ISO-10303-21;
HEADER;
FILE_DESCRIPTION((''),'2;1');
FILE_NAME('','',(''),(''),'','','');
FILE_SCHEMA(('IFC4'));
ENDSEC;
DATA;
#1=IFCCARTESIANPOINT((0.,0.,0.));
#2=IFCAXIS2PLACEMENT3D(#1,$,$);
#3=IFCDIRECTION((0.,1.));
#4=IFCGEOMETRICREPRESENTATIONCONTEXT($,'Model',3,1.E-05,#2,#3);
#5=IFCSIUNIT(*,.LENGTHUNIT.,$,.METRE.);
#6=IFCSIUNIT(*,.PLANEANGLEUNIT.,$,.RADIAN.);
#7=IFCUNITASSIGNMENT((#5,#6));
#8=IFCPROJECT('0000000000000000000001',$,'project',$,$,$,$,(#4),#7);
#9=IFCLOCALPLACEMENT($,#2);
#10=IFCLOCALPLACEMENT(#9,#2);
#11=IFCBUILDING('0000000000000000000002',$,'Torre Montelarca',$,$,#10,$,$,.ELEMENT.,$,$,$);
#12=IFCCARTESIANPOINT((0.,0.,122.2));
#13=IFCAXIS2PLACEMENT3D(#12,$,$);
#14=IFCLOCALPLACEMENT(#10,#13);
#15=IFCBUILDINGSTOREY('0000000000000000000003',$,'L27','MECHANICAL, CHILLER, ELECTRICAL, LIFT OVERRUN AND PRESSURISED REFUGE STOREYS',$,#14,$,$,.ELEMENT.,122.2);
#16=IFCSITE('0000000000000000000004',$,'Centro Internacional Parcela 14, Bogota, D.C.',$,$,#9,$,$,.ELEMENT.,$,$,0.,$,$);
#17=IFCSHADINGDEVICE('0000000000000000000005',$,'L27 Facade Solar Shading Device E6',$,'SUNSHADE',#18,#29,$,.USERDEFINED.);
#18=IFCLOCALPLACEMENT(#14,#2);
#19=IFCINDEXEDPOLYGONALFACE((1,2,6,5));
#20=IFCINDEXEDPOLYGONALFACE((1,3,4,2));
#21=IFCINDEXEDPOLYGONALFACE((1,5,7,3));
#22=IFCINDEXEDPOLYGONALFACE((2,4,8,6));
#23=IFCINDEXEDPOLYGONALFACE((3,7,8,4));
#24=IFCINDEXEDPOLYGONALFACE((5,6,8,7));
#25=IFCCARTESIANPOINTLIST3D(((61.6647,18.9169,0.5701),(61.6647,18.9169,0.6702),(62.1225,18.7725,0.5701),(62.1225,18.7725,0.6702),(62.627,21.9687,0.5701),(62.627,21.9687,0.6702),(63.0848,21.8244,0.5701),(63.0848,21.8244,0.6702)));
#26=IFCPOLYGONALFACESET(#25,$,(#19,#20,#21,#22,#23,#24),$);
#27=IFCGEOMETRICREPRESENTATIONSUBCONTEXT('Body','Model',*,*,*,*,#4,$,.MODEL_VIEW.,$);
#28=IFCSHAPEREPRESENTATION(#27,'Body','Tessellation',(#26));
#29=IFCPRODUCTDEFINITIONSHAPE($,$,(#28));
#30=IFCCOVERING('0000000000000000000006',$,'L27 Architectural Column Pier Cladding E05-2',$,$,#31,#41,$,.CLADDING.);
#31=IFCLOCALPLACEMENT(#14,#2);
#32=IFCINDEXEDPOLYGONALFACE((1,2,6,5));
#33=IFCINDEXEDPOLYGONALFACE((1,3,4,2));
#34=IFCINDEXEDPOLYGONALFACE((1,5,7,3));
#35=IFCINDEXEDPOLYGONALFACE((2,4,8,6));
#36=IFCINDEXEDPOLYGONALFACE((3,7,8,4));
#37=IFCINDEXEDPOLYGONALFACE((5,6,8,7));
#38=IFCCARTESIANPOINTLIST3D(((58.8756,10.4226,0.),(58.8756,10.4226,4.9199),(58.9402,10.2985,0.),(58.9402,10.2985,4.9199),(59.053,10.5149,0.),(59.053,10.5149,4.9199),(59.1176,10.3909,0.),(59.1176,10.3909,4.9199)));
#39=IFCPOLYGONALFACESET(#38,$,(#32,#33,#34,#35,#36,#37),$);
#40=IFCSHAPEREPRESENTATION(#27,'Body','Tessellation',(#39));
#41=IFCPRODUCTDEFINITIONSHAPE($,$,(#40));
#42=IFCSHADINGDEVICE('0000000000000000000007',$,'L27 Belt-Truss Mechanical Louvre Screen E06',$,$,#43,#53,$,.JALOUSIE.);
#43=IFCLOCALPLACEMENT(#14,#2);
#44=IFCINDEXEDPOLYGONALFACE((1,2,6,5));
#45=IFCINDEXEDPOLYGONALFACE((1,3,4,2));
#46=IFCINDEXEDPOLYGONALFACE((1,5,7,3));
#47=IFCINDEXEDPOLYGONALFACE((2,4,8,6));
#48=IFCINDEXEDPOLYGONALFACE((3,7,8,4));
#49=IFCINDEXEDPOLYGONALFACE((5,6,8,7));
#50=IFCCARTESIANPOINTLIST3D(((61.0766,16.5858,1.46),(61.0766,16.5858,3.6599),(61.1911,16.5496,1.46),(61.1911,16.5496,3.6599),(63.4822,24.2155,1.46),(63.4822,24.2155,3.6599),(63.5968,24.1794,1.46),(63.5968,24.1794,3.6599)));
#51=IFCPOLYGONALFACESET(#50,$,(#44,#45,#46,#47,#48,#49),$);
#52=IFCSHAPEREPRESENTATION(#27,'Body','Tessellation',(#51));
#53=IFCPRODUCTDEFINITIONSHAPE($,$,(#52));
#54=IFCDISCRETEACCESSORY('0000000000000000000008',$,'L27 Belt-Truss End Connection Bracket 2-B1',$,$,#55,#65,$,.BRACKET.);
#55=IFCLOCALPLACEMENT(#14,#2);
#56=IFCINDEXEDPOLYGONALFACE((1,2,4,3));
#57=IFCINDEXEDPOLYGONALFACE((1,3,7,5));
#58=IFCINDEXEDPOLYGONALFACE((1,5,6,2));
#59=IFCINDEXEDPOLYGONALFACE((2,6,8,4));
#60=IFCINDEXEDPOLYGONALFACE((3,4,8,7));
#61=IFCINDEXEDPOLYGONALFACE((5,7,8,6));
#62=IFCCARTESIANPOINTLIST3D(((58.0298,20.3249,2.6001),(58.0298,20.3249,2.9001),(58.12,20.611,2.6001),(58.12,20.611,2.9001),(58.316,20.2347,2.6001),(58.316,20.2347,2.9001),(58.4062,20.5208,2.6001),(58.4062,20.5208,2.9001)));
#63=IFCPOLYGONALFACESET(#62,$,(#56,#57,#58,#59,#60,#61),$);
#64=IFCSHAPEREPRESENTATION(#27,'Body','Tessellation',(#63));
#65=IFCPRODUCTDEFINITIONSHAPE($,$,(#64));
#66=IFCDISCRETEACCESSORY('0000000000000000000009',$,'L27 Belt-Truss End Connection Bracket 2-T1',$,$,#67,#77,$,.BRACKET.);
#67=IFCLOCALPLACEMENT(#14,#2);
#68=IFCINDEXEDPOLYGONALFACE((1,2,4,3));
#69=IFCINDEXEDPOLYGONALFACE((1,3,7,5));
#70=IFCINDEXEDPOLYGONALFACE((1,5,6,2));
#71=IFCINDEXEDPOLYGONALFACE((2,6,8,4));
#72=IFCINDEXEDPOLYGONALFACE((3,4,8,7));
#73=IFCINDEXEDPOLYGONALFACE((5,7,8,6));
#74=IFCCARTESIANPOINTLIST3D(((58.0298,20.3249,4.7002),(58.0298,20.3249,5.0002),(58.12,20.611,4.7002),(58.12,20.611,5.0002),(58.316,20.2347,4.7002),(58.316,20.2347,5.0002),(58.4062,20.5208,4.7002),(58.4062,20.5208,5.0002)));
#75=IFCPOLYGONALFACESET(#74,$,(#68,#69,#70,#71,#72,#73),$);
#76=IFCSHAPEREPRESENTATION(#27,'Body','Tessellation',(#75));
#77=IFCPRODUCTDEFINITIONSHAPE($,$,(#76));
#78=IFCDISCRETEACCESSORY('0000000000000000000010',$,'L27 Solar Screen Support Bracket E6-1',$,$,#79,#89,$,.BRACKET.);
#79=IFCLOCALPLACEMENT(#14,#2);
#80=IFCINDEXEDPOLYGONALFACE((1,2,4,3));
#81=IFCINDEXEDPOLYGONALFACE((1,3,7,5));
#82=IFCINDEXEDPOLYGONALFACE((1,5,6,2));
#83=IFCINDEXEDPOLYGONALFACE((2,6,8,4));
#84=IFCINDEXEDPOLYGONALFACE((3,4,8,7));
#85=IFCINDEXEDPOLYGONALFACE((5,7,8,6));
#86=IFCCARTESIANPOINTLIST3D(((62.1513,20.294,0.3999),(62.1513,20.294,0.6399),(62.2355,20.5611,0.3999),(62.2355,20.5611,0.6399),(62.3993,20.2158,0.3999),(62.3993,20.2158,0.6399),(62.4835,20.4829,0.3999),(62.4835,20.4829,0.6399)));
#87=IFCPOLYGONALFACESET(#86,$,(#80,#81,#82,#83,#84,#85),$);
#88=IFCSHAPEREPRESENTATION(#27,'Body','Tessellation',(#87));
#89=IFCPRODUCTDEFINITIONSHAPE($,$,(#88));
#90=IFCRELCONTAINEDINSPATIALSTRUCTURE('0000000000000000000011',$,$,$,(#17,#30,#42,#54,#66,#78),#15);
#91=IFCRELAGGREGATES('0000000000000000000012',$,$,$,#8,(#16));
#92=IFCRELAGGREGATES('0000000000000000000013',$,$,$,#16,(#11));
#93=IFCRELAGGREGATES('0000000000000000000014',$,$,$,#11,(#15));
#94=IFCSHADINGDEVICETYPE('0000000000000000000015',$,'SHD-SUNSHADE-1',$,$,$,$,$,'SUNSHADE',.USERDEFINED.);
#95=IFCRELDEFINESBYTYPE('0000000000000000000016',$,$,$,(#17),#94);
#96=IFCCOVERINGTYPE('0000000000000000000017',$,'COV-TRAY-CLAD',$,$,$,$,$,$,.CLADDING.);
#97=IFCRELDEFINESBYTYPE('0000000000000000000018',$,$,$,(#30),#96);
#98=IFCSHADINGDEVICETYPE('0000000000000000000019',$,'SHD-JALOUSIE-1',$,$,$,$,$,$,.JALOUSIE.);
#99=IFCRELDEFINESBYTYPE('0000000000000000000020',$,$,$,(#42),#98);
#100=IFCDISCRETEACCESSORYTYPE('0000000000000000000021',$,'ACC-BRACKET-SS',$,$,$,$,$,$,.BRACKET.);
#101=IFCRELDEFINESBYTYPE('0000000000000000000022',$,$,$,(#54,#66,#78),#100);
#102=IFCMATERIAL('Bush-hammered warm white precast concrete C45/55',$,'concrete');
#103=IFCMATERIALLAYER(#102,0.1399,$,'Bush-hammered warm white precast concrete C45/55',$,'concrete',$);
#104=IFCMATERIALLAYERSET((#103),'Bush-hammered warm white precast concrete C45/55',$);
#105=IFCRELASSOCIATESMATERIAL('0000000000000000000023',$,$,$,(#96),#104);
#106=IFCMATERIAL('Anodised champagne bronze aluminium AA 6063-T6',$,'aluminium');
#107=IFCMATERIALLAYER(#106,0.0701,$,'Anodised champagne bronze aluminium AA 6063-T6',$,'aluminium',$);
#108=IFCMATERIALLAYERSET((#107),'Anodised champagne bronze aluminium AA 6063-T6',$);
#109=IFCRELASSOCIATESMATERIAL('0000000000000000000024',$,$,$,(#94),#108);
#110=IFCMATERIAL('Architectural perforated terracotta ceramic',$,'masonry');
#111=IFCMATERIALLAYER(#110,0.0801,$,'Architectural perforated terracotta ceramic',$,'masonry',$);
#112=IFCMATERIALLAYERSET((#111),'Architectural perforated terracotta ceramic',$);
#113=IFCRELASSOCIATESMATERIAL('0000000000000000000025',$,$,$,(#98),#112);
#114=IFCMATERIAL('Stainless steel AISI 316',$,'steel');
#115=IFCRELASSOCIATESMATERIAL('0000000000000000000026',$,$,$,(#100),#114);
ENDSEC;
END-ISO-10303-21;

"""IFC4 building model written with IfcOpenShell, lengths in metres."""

from ifc_helpers import new_model, si_unit, direction, frame, origin, origin_2d, place, context, subcontext, project, spatial, rectangle, extrude, source, transform, mapped, material, layer, layer_set, type_object, element, save


model = new_model("IFC4")

# Units and contexts
model_context = context("Model", 3, precision=1e-05, world=origin(), true_north=direction((0.0, 1.0)))
body_context = subcontext(model_context, "Body", "Model", "MODEL_VIEW")
ifc_project = project(units=[si_unit("LENGTHUNIT", "METRE"), si_unit("PLANEANGLEUNIT", "RADIAN")], contexts=[model_context])

# Site, building, storey
site_placement = place(None, origin())
site = spatial("IfcSite", under=ifc_project, at=site_placement, Name="Centro Internacional Parcela 14, Bogota, D.C.", CompositionType="ELEMENT", RefElevation=0.0)
building_placement = place(site_placement, origin())
building = spatial("IfcBuilding", under=site, at=building_placement, Name="Torre Montelarca", CompositionType="ELEMENT")
storey_placement = place(building_placement, frame((0.0, 0.0, 122.2)))
storey = spatial("IfcBuildingStorey", under=building, at=storey_placement, Name="L27", Description="MECHANICAL, CHILLER, ELECTRICAL, LIFT OVERRUN AND PRESSURISED REFUGE STOREYS", CompositionType="ELEMENT", Elevation=122.2)

# Shared definitions
ifc_material_1 = material(Name="Architectural perforated terracotta ceramic", Category="masonry")

# Shared definitions
ifc_material_2 = material(Name="Bush-hammered warm white precast concrete C45/55", Category="concrete")
ifc_layer_1 = layer(ifc_material_2, 0.1399, Name="Bush-hammered warm white precast concrete C45/55", Category="concrete")
ifc_layer_set_1 = layer_set([ifc_layer_1], Name="Bush-hammered warm white precast concrete C45/55")
covering_type = type_object("IfcCoveringType", Name="COV-TRAY-CLAD", PredefinedType="CLADDING", material=ifc_layer_set_1)

# Shading device
ifc_material_3 = material(Name="Anodised champagne bronze aluminium AA 6063-T6", Category="aluminium")
ifc_layer_2 = layer(ifc_material_3, 0.0701, Name="Anodised champagne bronze aluminium AA 6063-T6", Category="aluminium")
ifc_layer_set_2 = layer_set([ifc_layer_2], Name="Anodised champagne bronze aluminium AA 6063-T6")
shading_device_type_1 = type_object("IfcShadingDeviceType", Name="SHD-SUNSHADE-1", ElementType="SUNSHADE", PredefinedType="USERDEFINED", material=ifc_layer_set_2)
shared_shape_1 = source(origin(), body_context, "Body", "SweptSolid", [
    extrude(rectangle(XDim=3.2, YDim=0.48, at=origin_2d()), origin(), (0.0, 0.0, 1.0), 0.1001),
])
shading_device_1_placement = place(storey_placement, frame((62.3748, 20.3706, 0.5701), z_axis=(0.0, 0.0, 1.0), x_axis=(0.300709, 0.953716, 0.0)))
element("IfcShadingDevice", 1, at=shading_device_1_placement, inside=storey, type_object=shading_device_type_1, Name="L27 Facade Solar Shading Device E6", ObjectType="SUNSHADE", PredefinedType="USERDEFINED", context=body_context, shape_type="MappedRepresentation", body=[
    mapped(shared_shape_1, transform((0.0, 0.0, 0.0), scale=1.0)),
])

# Covering
shared_shape_2 = source(origin(), body_context, "Body", "SweptSolid", [
    extrude(rectangle(XDim=0.2, YDim=0.1399, at=origin_2d()), origin(), (0.0, 0.0, 1.0), 4.9199),
])
covering_1_placement = place(storey_placement, frame((58.9966, 10.4067, 0.0), z_axis=(0.0, 0.0, 1.0), x_axis=(0.887017, 0.461736, 0.0)))
element("IfcCovering", 2, at=covering_1_placement, inside=storey, type_object=covering_type, Name="L27 Architectural Column Pier Cladding E05-2", PredefinedType="CLADDING", context=body_context, shape_type="MappedRepresentation", body=[
    mapped(shared_shape_2, transform((0.0, 0.0, 0.0), scale=1.0)),
])

# Shading device
ifc_layer_3 = layer(ifc_material_1, 0.0801, Name="Architectural perforated terracotta ceramic", Category="masonry")
ifc_layer_set_3 = layer_set([ifc_layer_3], Name="Architectural perforated terracotta ceramic")
shading_device_type_2 = type_object("IfcShadingDeviceType", Name="SHD-JALOUSIE-1", PredefinedType="JALOUSIE", material=ifc_layer_set_3)
shared_shape_3 = source(origin(), body_context, "Body", "SweptSolid", [
    extrude(rectangle(XDim=8.0, YDim=0.1201, at=origin_2d()), origin(), (0.0, 0.0, 1.0), 2.2),
])
shading_device_2_placement = place(storey_placement, frame((62.3367, 20.3826, 1.46), z_axis=(0.0, 0.0, 1.0), x_axis=(0.300707, 0.953716, 0.0)))
element("IfcShadingDevice", 3, at=shading_device_2_placement, inside=storey, type_object=shading_device_type_2, Name="L27 Belt-Truss Mechanical Louvre Screen E06", PredefinedType="JALOUSIE", context=body_context, shape_type="MappedRepresentation", body=[
    mapped(shared_shape_3, transform((0.0, 0.0, 0.0), scale=1.0)),
])

# Discrete accessories
ifc_material_4 = material(Name="Stainless steel AISI 316", Category="steel")
discrete_accessory_type = type_object("IfcDiscreteAccessoryType", Name="ACC-BRACKET-SS", PredefinedType="BRACKET", material=ifc_material_4)
shared_shape_4 = source(origin(), body_context, "Body", "SweptSolid", [
    extrude(rectangle(XDim=0.3, YDim=0.3, at=origin_2d()), origin(), (0.0, 0.0, 1.0), 0.3),
])
for number, where, z_axis, x_axis, name in (
    (4, (58.218, 20.4229, 2.6001), (0.0, 0.0, 1.0), (0.300706, 0.953717, 0.0), "L27 Belt-Truss End Connection Bracket 2-B1"),
    (5, (58.218, 20.4229, 4.7002), (0.0, 0.0, 1.0), (0.300706, 0.953717, 0.0), "L27 Belt-Truss End Connection Bracket 2-T1"),
):
    element("IfcDiscreteAccessory", number, at=place(storey_placement, frame(where, z_axis=z_axis, x_axis=x_axis)), inside=storey, type_object=discrete_accessory_type, Name=name, PredefinedType="BRACKET", context=body_context, shape_type="MappedRepresentation", body=[
        mapped(shared_shape_4, transform((0.0, 0.0, 0.0), scale=1.0)),
    ])
shared_shape_5 = source(origin(), body_context, "Body", "SweptSolid", [
    extrude(rectangle(XDim=0.28, YDim=0.26, at=origin_2d()), origin(), (0.0, 0.0, 1.0), 0.24),
])
discrete_accessory_placement = place(storey_placement, frame((62.3174, 20.3884, 0.3999), z_axis=(0.0, 0.0, 1.0), x_axis=(0.300709, 0.953716, 0.0)))
element("IfcDiscreteAccessory", 6, at=discrete_accessory_placement, inside=storey, type_object=discrete_accessory_type, Name="L27 Solar Screen Support Bracket E6-1", PredefinedType="BRACKET", context=body_context, shape_type="MappedRepresentation", body=[
    mapped(shared_shape_5, transform((0.0, 0.0, 0.0), scale=1.0)),
])

save(model, "model.ifc")
